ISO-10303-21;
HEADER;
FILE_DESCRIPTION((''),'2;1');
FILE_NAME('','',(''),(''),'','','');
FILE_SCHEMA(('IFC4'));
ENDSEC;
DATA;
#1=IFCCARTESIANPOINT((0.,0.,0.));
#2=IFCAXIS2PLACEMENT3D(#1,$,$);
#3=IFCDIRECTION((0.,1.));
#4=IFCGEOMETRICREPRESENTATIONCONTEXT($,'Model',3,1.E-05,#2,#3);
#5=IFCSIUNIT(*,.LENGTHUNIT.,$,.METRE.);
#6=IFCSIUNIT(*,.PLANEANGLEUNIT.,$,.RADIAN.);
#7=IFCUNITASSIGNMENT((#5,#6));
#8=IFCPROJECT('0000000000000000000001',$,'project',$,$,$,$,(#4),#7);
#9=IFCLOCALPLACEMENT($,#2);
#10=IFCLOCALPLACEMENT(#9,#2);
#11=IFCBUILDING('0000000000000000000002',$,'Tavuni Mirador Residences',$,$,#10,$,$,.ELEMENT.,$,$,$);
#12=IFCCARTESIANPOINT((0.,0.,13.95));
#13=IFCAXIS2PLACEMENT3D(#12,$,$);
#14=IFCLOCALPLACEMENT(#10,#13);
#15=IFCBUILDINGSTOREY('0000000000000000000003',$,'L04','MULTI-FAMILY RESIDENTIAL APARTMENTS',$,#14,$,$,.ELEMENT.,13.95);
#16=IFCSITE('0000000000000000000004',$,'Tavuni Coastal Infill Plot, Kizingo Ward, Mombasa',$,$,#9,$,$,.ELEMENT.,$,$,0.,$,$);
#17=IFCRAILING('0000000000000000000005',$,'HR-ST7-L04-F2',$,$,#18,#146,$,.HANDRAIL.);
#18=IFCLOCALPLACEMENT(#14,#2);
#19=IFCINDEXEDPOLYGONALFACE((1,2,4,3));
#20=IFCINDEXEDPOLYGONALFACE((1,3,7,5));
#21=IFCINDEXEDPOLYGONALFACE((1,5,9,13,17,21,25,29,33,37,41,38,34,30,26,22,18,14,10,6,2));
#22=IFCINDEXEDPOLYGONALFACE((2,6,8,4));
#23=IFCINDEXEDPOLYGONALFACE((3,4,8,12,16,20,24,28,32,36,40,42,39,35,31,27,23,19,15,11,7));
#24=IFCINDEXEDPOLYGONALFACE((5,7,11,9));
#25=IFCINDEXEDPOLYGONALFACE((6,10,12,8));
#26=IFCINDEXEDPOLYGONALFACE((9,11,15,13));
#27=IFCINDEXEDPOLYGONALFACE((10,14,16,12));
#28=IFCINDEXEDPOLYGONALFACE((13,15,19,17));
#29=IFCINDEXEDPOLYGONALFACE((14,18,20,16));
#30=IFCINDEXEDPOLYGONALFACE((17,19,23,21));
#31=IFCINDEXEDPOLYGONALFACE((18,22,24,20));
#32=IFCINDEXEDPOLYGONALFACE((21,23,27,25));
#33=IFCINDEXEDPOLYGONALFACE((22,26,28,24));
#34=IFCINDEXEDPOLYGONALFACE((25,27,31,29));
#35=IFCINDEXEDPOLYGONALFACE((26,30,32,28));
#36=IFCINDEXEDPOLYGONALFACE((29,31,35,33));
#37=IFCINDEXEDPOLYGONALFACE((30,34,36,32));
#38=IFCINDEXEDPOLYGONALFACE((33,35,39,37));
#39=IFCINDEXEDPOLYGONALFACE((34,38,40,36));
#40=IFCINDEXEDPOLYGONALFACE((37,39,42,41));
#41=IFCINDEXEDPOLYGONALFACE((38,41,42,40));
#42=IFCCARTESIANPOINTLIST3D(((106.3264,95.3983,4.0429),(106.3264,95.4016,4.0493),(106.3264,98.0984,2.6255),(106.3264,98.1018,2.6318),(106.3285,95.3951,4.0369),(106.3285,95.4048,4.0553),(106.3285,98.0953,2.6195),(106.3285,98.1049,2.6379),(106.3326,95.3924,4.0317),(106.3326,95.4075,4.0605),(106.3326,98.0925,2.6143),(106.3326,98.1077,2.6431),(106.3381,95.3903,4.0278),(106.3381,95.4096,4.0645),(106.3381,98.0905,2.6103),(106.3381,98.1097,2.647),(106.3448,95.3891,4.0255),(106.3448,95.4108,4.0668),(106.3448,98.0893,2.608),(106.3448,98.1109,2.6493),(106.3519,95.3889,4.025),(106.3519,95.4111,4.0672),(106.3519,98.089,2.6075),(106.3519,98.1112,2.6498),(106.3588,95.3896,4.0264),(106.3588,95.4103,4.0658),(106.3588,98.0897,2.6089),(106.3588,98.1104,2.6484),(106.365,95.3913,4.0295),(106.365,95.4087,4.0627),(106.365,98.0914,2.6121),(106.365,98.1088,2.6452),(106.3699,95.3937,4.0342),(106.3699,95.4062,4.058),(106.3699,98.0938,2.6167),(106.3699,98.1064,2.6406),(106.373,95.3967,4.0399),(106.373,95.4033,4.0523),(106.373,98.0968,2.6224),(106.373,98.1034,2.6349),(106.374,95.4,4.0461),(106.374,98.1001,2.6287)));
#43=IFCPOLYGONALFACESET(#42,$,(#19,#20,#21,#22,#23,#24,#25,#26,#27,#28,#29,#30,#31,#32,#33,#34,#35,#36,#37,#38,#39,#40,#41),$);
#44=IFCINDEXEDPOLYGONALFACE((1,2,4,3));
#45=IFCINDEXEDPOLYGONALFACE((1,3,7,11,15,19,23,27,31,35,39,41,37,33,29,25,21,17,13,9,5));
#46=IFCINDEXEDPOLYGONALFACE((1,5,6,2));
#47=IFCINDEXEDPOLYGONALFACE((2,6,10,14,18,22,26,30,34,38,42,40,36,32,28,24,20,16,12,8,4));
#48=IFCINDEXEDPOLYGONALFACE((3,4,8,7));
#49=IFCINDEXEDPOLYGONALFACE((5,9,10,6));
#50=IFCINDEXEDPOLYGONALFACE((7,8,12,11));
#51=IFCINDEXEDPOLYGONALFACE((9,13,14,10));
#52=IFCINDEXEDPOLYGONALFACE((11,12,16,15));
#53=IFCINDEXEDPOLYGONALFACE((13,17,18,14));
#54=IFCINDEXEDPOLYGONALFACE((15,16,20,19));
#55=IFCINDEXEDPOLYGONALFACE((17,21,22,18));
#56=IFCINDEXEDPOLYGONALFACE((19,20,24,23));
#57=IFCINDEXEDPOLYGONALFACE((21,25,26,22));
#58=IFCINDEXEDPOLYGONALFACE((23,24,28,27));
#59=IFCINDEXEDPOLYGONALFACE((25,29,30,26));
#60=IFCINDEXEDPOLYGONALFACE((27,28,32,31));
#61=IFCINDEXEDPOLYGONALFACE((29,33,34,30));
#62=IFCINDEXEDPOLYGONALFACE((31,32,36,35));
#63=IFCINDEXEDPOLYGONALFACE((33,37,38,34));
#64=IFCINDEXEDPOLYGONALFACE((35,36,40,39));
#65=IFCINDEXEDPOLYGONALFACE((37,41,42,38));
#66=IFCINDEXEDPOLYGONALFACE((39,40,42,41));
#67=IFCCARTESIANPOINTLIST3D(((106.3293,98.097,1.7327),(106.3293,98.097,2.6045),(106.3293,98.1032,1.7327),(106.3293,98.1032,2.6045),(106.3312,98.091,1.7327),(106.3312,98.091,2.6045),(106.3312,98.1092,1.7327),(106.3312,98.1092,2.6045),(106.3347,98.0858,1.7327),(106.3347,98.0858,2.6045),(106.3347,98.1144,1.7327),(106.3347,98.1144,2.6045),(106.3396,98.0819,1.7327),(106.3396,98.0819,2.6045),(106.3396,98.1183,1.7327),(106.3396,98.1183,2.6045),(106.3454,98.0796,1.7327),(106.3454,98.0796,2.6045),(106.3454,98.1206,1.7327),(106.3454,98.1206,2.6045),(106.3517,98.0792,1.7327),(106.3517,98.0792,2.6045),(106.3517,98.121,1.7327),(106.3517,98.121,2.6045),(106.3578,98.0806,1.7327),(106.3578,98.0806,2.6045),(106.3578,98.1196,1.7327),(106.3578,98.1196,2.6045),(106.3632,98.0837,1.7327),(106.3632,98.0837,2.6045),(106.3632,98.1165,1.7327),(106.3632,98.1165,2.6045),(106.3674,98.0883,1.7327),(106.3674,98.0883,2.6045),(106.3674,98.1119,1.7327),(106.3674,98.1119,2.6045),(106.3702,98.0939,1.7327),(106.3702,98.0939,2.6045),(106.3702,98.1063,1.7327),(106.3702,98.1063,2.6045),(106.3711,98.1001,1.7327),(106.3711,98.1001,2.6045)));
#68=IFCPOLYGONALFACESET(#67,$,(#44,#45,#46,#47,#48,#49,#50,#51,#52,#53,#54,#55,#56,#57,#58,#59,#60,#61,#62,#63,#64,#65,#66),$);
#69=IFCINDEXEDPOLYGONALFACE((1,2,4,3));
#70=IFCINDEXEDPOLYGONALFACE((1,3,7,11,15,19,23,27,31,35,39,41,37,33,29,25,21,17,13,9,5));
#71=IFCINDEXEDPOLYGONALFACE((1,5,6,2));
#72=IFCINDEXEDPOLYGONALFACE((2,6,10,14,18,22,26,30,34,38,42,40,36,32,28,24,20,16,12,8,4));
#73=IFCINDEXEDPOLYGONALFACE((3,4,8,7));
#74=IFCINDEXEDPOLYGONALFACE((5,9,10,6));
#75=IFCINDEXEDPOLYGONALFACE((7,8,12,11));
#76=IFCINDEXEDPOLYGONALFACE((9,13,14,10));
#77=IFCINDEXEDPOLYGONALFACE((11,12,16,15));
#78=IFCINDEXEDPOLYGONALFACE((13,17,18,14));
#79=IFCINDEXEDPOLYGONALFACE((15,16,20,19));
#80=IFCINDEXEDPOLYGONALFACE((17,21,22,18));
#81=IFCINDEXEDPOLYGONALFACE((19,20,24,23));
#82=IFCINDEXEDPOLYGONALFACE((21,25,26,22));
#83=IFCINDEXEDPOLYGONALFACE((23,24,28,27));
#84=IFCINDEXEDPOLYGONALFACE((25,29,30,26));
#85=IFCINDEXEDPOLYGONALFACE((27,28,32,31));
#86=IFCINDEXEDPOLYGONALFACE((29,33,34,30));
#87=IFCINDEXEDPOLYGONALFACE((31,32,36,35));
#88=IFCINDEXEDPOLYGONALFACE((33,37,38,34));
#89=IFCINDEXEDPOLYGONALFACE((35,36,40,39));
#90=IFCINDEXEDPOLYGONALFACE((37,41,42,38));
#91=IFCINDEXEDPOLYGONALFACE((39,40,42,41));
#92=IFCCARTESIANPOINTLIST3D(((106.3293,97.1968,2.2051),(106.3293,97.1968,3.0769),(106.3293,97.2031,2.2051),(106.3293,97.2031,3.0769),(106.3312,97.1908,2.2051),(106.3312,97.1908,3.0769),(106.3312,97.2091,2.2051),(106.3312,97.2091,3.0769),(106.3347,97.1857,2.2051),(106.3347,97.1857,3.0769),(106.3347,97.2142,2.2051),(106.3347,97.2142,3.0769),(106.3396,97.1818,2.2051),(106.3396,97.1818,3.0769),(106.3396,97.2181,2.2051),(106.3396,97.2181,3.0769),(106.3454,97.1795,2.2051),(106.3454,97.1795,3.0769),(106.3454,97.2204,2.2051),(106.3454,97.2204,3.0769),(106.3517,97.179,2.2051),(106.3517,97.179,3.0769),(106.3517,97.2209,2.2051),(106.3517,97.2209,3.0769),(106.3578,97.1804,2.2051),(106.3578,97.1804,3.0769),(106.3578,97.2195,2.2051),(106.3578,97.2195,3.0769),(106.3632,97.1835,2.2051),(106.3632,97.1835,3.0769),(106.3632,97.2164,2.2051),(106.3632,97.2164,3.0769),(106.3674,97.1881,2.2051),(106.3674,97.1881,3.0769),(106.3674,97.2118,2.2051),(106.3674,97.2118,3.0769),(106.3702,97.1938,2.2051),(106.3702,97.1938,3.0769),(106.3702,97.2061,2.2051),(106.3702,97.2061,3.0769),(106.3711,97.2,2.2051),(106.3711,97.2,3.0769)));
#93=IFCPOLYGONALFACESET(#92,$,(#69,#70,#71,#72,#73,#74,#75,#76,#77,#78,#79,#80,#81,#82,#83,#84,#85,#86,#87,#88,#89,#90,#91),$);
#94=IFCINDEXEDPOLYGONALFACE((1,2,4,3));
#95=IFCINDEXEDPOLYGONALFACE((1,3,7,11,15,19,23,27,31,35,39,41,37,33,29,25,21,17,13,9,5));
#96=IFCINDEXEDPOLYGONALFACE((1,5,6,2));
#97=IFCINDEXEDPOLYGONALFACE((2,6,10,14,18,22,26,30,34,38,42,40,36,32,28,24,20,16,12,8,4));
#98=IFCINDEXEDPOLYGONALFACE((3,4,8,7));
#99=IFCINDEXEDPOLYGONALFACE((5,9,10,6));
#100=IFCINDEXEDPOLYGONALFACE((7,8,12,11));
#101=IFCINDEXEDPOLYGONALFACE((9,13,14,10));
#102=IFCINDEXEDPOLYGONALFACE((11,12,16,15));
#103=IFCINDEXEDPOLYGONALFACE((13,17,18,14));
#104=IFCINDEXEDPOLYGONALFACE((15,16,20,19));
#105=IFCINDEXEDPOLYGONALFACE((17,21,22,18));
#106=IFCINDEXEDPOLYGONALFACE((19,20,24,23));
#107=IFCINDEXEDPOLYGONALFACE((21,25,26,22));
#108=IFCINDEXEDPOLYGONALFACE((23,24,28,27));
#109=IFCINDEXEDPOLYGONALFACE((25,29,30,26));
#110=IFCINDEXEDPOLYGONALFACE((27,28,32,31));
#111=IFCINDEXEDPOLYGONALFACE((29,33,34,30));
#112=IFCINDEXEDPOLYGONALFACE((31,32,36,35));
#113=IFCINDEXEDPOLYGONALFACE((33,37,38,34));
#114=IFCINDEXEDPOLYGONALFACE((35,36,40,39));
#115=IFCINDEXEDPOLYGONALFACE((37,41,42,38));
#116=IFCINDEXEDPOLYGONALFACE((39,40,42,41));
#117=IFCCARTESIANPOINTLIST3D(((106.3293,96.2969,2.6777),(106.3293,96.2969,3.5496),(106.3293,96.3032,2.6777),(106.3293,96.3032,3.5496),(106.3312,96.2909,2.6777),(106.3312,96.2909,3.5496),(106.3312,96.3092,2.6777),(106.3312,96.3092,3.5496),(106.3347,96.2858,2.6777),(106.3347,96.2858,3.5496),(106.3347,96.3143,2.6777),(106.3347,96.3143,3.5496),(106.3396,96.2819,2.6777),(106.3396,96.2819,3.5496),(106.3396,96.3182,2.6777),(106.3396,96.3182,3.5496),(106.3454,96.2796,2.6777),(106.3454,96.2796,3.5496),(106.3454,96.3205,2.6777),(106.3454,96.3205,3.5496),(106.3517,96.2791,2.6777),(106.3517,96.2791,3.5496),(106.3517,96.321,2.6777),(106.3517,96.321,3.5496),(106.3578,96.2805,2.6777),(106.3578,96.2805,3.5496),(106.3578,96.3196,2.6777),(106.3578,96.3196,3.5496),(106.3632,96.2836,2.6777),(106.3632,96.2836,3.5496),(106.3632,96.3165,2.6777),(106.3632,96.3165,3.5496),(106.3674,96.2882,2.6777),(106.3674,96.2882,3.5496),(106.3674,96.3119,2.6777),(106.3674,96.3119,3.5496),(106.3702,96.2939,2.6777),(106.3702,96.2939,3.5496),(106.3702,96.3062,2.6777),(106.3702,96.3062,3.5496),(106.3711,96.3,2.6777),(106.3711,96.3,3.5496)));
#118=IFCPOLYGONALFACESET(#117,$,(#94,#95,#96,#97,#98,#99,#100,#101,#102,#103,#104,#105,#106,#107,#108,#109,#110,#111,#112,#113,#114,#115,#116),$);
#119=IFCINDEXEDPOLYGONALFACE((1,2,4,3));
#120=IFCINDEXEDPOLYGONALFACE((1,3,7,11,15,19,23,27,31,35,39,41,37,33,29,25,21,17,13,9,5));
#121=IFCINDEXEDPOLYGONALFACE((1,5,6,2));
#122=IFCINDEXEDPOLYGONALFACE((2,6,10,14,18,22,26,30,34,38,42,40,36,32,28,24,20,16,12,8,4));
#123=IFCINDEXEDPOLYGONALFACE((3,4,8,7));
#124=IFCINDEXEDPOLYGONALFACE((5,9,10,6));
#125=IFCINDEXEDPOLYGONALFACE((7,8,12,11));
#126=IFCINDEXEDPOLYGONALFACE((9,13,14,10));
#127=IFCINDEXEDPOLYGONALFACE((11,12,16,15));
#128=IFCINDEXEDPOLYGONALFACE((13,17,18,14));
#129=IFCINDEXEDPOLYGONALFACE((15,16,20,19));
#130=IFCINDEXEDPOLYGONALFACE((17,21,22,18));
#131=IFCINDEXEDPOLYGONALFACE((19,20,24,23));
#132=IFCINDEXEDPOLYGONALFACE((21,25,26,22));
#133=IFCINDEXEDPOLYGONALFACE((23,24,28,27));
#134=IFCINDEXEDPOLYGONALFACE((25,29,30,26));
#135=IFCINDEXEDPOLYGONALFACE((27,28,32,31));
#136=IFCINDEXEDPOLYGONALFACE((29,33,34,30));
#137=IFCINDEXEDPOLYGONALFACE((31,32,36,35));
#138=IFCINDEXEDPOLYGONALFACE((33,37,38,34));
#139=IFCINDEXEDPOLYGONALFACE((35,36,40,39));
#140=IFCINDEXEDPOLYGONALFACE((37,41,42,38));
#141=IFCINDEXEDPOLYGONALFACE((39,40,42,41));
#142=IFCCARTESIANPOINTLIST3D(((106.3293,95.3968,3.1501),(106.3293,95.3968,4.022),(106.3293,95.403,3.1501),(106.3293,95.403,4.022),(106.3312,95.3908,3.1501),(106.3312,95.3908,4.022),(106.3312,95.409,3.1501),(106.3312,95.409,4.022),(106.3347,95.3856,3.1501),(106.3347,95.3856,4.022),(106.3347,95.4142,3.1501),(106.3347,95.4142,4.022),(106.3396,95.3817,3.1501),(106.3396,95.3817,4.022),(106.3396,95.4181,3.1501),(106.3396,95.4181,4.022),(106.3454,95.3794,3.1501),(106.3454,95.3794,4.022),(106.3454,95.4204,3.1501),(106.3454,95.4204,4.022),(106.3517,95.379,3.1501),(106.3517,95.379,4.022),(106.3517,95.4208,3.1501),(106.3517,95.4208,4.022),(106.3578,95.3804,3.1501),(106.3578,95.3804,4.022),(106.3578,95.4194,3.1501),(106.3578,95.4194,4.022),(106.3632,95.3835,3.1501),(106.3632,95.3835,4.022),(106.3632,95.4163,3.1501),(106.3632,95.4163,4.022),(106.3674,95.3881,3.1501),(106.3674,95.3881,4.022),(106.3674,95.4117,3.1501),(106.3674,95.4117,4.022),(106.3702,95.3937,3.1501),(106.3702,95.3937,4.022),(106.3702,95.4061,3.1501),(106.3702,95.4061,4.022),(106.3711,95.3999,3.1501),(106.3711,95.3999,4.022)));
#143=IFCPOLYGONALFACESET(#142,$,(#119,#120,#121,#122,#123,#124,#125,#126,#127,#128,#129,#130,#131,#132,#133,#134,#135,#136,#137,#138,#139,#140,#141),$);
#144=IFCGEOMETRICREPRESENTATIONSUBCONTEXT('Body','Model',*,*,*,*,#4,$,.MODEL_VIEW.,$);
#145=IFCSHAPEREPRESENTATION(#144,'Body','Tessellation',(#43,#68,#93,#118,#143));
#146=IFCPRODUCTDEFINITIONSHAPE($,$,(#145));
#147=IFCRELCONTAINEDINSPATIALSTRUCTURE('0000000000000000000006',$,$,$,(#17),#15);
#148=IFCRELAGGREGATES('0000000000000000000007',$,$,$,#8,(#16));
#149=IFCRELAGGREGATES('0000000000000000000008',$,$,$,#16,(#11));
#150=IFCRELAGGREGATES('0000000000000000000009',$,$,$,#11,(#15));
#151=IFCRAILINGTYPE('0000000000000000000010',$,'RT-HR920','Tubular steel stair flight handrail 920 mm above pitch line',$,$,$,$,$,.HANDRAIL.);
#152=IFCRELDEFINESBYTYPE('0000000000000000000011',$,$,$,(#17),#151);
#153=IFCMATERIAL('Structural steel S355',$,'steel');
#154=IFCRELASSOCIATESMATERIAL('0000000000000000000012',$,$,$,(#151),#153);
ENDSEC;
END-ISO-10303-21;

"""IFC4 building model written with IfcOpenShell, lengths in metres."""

from ifc_helpers import new_model, si_unit, direction, frame, origin, origin_2d, place, context, subcontext, project, spatial, circle, extrude, material, type_object, element, save


model = new_model("IFC4")

# Units and contexts
model_context = context("Model", 3, precision=1e-05, world=origin(), true_north=direction((0.0, 1.0)))
body_context = subcontext(model_context, "Body", "Model", "MODEL_VIEW")
ifc_project = project(units=[si_unit("LENGTHUNIT", "METRE"), si_unit("PLANEANGLEUNIT", "RADIAN")], contexts=[model_context])

# Site, building, storey
site_placement = place(None, origin())
site = spatial("IfcSite", under=ifc_project, at=site_placement, Name="Tavuni Coastal Infill Plot, Kizingo Ward, Mombasa", CompositionType="ELEMENT", RefElevation=0.0)
building_placement = place(site_placement, origin())
building = spatial("IfcBuilding", under=site, at=building_placement, Name="Tavuni Mirador Residences", CompositionType="ELEMENT")
storey_placement = place(building_placement, frame((0.0, 0.0, 13.95)))
storey = spatial("IfcBuildingStorey", under=building, at=storey_placement, Name="L04", Description="MULTI-FAMILY RESIDENTIAL APARTMENTS", CompositionType="ELEMENT", Elevation=13.95)

# Shared definitions
ifc_material_1 = material(Name="Structural steel S355", Category="steel")

# Railing
railing_type_1 = type_object("IfcRailingType", Name="RT-HR920", Description="Tubular steel stair flight handrail 920 mm above pitch line", PredefinedType="HANDRAIL", material=ifc_material_1)
railing_1_placement = place(storey_placement, frame((106.3501, 98.1001, 1.7327)))
element("IfcRailing", 1, at=railing_1_placement, inside=storey, type_object=railing_type_1, Name="HR-ST7-L04-F2", PredefinedType="HANDRAIL", context=body_context, shape_type="SweptSolid", body=[
    extrude(circle(Radius=0.0239, at=origin_2d()), frame((0.0, 0.0, 0.896), z_axis=(0.0, -0.885414, 0.464803), x_axis=(1.0, 0.0, 0.0)), (0.0, 0.0, 1.0), 3.0496),
    extrude(circle(Radius=0.021, at=origin_2d()), origin(), (0.0, 0.0, 1.0), 0.8718),
    extrude(circle(Radius=0.021, at=origin_2d()), frame((0.0, -0.9001, 0.4724)), (0.0, 0.0, 1.0), 0.8718),
    extrude(circle(Radius=0.021, at=origin_2d()), frame((0.0, -1.8, 0.9451)), (0.0, 0.0, 1.0), 0.8718),
    extrude(circle(Radius=0.021, at=origin_2d()), frame((0.0, -2.7002, 1.4175)), (0.0, 0.0, 1.0), 0.8718),
])

save(model, "model.ifc")
